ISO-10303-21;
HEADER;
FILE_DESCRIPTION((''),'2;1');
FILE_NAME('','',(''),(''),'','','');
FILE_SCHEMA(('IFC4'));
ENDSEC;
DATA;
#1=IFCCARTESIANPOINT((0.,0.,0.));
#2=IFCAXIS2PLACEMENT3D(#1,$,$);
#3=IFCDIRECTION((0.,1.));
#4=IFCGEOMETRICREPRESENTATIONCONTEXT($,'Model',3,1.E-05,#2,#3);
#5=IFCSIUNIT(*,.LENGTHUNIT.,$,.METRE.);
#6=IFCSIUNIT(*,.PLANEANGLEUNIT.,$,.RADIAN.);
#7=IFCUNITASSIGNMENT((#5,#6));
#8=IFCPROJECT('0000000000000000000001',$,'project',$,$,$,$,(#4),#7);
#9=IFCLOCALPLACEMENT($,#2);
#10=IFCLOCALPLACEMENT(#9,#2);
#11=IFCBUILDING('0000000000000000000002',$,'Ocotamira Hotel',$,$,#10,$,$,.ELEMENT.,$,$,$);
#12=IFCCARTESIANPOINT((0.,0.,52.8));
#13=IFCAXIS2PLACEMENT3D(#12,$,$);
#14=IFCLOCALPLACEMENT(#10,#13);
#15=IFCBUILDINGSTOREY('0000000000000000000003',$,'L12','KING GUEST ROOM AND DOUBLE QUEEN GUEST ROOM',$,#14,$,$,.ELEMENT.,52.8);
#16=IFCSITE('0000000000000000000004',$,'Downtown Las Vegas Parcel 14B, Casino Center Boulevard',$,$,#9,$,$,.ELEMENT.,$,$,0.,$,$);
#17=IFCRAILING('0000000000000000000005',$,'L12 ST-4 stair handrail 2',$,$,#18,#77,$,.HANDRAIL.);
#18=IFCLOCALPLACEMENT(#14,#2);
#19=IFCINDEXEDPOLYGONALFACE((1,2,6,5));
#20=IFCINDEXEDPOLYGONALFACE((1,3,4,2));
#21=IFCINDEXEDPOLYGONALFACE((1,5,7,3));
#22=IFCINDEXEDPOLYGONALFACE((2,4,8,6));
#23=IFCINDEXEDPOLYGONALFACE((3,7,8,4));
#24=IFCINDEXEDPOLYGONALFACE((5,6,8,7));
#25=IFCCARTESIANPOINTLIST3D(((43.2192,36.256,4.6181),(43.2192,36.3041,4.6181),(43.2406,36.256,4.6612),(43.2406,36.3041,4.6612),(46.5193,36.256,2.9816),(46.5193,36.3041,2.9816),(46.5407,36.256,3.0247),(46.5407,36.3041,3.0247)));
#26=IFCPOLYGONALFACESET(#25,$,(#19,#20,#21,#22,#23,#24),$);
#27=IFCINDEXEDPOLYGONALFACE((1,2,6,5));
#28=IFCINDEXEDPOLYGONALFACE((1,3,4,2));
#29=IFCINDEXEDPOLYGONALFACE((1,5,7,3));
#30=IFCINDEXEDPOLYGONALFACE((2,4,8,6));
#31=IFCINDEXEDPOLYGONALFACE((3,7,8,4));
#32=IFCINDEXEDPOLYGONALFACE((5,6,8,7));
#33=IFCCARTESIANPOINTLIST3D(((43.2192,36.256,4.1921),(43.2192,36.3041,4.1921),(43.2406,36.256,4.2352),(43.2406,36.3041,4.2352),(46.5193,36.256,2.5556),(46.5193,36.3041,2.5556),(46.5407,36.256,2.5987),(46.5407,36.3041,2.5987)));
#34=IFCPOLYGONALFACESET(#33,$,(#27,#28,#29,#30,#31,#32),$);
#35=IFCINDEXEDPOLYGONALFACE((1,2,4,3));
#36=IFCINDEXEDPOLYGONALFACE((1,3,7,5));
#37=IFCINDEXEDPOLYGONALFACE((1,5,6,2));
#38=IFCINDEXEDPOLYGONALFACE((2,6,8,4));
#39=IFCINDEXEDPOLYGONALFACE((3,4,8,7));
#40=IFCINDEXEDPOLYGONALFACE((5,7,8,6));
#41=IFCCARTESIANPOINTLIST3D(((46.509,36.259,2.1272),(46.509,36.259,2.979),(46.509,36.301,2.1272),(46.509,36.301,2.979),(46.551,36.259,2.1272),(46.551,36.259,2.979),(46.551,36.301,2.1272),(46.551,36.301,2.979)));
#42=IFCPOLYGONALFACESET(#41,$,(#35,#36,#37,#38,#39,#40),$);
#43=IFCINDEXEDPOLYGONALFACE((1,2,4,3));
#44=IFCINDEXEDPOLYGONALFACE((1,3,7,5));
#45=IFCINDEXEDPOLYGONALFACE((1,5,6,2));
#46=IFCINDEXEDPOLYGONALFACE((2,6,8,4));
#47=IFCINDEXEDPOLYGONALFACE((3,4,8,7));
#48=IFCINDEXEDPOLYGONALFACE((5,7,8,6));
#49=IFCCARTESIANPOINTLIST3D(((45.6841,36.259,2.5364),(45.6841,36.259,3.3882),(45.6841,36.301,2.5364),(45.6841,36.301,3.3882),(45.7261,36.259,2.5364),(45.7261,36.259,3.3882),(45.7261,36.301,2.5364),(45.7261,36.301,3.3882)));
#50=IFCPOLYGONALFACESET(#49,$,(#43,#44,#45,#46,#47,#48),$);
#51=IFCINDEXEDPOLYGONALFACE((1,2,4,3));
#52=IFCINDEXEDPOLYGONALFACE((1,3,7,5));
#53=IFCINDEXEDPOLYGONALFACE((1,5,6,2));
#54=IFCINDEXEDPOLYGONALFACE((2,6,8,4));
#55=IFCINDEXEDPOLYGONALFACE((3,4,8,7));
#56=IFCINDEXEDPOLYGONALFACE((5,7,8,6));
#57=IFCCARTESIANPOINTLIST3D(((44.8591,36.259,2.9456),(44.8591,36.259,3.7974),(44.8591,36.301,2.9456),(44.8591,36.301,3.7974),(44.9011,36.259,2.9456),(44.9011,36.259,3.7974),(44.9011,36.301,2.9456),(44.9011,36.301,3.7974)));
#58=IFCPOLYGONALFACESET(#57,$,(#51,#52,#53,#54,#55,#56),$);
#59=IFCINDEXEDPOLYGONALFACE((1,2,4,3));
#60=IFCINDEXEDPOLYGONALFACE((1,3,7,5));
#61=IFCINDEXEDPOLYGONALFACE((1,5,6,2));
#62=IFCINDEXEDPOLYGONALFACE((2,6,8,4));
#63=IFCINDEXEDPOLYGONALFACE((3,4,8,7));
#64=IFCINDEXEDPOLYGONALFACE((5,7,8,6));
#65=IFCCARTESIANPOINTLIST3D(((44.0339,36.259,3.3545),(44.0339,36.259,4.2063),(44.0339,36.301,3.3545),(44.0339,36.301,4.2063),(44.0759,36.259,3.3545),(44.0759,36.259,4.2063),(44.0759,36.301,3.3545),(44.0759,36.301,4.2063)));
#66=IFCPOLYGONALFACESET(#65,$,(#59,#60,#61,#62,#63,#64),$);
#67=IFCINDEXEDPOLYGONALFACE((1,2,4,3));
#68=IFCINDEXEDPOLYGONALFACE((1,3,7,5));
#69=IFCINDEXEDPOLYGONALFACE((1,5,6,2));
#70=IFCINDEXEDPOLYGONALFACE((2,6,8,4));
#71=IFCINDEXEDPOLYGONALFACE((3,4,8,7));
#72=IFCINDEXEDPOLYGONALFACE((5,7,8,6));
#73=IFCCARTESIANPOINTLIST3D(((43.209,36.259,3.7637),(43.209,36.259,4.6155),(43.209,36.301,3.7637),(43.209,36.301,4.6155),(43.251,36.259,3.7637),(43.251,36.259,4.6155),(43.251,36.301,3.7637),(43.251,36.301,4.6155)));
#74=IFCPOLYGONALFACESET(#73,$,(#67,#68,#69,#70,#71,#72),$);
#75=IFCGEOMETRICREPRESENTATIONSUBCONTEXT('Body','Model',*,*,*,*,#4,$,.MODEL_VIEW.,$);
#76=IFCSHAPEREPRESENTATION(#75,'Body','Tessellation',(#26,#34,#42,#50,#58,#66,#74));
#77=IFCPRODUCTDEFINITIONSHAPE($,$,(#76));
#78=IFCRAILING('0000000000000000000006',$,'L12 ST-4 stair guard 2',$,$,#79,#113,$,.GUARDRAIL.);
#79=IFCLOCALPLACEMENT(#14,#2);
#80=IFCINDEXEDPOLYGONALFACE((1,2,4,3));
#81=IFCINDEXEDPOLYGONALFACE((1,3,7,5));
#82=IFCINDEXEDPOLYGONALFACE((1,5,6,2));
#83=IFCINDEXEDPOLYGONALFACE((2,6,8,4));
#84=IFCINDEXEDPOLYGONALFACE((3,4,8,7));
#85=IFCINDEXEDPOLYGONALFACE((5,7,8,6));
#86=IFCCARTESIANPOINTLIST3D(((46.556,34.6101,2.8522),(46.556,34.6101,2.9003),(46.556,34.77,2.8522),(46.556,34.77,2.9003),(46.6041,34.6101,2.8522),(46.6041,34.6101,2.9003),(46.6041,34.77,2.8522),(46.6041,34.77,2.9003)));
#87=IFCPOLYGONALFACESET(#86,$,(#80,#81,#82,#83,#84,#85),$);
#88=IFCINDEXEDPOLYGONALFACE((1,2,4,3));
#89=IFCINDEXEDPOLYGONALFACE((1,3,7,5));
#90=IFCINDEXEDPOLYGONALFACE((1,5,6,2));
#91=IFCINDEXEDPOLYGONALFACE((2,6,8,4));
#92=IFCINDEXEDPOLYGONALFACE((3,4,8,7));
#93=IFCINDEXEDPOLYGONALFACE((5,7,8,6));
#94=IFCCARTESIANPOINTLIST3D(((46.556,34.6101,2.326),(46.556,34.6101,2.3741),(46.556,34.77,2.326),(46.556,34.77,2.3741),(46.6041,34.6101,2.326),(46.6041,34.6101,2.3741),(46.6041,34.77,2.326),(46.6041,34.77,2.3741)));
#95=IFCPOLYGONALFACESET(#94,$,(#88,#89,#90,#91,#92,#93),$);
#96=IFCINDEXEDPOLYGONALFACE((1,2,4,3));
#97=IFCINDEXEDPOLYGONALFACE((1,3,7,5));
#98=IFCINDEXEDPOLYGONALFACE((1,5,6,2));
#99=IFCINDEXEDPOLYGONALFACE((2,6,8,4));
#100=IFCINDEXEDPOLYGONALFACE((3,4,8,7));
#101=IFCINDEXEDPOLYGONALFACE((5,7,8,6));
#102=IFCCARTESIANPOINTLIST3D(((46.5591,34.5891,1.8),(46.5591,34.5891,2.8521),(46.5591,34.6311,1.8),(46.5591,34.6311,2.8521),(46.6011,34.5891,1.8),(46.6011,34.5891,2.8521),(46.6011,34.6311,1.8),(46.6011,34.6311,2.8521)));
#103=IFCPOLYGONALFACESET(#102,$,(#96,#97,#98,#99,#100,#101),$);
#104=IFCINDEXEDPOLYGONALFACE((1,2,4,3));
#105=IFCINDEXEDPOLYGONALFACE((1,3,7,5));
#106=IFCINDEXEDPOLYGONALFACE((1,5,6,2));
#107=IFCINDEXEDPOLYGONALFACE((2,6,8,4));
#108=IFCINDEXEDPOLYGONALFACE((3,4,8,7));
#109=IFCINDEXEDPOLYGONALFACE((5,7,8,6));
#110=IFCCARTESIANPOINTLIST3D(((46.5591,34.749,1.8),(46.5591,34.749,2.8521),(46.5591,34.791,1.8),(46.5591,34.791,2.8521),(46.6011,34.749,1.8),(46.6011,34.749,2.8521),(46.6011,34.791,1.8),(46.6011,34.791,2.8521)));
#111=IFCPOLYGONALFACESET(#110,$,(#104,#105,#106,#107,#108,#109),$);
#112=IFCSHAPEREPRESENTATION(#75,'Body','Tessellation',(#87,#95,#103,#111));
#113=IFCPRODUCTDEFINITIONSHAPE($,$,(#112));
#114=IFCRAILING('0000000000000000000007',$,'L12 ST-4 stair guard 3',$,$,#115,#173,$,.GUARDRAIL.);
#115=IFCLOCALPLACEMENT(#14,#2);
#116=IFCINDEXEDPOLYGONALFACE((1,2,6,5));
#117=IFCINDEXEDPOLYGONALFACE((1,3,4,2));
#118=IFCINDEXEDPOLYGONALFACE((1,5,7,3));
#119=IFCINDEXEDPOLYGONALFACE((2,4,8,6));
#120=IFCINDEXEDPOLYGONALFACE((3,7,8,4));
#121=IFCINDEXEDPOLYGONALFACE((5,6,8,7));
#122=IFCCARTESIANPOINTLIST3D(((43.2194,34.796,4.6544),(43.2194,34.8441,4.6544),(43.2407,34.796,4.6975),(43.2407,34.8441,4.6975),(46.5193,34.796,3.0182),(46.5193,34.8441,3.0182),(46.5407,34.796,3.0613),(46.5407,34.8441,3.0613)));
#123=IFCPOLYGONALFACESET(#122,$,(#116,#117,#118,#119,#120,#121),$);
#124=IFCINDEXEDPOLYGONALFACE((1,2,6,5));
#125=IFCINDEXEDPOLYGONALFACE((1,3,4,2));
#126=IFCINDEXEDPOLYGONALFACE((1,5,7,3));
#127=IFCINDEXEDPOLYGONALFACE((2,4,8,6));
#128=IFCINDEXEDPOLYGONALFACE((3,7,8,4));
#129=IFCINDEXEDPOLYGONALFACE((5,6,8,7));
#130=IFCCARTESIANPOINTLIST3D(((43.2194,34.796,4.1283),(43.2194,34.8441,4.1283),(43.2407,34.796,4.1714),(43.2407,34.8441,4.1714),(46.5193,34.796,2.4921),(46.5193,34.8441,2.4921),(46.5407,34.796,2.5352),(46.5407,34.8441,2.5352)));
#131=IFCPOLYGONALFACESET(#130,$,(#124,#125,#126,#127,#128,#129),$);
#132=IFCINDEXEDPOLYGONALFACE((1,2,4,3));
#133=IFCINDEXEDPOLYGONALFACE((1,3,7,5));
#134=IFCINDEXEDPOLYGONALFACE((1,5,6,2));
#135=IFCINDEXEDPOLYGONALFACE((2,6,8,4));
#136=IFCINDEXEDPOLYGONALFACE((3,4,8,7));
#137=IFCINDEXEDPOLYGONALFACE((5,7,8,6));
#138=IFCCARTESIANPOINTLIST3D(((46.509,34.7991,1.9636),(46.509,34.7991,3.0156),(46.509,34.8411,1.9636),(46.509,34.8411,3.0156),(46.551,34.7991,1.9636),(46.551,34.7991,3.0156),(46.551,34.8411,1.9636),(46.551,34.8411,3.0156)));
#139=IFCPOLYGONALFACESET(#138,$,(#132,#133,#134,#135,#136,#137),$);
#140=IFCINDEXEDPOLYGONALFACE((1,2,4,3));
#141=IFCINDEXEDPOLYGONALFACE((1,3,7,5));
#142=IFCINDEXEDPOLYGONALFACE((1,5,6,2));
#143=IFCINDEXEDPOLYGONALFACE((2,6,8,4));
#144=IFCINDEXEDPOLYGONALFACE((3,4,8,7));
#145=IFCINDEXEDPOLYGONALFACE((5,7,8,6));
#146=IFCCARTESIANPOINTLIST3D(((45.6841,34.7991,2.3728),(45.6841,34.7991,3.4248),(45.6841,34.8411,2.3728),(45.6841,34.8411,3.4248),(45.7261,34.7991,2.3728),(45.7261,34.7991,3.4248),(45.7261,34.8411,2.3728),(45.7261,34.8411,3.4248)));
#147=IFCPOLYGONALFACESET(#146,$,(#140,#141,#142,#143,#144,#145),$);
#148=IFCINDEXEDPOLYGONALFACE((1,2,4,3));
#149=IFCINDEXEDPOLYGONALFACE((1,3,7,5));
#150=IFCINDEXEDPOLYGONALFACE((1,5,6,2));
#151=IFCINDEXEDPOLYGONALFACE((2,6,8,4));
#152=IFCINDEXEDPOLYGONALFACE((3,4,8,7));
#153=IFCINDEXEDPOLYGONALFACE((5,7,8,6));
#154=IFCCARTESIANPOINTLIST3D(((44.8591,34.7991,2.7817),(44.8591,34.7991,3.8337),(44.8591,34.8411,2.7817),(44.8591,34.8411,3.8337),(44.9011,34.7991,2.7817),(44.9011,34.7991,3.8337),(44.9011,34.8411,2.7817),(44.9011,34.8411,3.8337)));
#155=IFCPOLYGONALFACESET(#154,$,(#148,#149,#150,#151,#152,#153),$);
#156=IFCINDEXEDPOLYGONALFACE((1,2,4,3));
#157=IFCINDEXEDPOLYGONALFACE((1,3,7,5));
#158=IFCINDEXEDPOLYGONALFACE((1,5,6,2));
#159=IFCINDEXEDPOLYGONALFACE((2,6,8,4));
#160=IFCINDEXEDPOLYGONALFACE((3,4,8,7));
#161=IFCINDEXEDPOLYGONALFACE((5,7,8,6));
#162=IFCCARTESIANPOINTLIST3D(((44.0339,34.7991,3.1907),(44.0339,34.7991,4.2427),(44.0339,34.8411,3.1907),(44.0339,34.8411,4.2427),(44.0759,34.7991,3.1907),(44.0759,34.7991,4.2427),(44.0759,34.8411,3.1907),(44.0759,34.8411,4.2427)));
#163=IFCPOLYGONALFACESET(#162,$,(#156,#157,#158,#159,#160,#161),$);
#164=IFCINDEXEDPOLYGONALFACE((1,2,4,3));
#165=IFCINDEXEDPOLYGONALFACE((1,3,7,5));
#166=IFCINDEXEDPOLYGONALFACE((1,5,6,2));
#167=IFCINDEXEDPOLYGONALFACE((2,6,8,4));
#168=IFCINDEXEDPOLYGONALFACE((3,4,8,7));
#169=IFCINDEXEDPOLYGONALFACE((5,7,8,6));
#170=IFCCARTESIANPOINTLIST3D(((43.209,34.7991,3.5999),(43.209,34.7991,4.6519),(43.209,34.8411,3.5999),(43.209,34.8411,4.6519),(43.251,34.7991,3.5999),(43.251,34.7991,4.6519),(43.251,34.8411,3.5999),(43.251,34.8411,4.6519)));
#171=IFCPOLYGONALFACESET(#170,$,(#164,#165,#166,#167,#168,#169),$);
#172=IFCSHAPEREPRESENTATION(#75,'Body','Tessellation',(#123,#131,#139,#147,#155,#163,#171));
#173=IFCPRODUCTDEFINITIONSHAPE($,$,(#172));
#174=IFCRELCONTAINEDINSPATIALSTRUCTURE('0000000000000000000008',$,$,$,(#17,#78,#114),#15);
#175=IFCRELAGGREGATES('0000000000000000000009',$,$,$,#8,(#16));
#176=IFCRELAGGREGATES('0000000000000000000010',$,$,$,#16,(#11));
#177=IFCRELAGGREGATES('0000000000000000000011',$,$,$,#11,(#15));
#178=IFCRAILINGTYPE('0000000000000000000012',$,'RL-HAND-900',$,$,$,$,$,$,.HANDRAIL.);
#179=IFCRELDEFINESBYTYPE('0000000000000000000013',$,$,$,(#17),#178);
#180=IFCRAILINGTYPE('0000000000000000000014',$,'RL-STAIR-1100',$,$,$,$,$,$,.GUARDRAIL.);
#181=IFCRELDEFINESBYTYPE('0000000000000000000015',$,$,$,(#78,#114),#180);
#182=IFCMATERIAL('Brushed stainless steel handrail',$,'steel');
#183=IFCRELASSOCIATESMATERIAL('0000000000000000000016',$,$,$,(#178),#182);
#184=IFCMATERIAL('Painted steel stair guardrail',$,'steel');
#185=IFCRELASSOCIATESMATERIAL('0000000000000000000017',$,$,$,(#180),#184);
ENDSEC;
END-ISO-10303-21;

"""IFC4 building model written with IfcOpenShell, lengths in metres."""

from ifc_helpers import new_model, si_unit, direction, frame, origin, origin_2d, place, context, subcontext, project, spatial, rectangle, extrude, material, type_object, element, save


model = new_model("IFC4")

# Units and contexts
model_context = context("Model", 3, precision=1e-05, world=origin(), true_north=direction((0.0, 1.0)))
body_context = subcontext(model_context, "Body", "Model", "MODEL_VIEW")
ifc_project = project(units=[si_unit("LENGTHUNIT", "METRE"), si_unit("PLANEANGLEUNIT", "RADIAN")], contexts=[model_context])

# Site, building, storey
site_placement = place(None, origin())
site = spatial("IfcSite", under=ifc_project, at=site_placement, Name="Downtown Las Vegas Parcel 14B, Casino Center Boulevard", CompositionType="ELEMENT", RefElevation=0.0)
building_placement = place(site_placement, origin())
building = spatial("IfcBuilding", under=site, at=building_placement, Name="Ocotamira Hotel", CompositionType="ELEMENT")
storey_placement = place(building_placement, frame((0.0, 0.0, 52.8)))
storey = spatial("IfcBuildingStorey", under=building, at=storey_placement, Name="L12", Description="KING GUEST ROOM AND DOUBLE QUEEN GUEST ROOM", CompositionType="ELEMENT", Elevation=52.8)

# Railings
ifc_material_1 = material(Name="Brushed stainless steel handrail", Category="steel")
railing_type_1 = type_object("IfcRailingType", Name="RL-HAND-900", PredefinedType="HANDRAIL", material=ifc_material_1)
railing_1_placement = place(storey_placement, frame((46.53, 36.28, 2.1272)))
element("IfcRailing", 1, at=railing_1_placement, inside=storey, type_object=railing_type_1, Name="L12 ST-4 stair handrail 2", PredefinedType="HANDRAIL", context=body_context, shape_type="SweptSolid", body=[
    extrude(rectangle(XDim=0.0481, YDim=0.0481, at=origin_2d()), frame((0.0, 0.0, 0.876), z_axis=(-0.895894, 0.0, 0.444268), x_axis=(0.0, -1.0, 0.0)), (0.0, 0.0, 1.0), 3.6836),
    extrude(rectangle(XDim=0.0481, YDim=0.0481, at=origin_2d()), frame((0.0, 0.0, 0.45), z_axis=(-0.895894, 0.0, 0.444268), x_axis=(0.0, -1.0, 0.0)), (0.0, 0.0, 1.0), 3.6836),
    extrude(rectangle(XDim=0.042, YDim=0.042, at=origin_2d()), origin(), (0.0, 0.0, 1.0), 0.8518),
    extrude(rectangle(XDim=0.042, YDim=0.042, at=origin_2d()), frame((-0.825, 0.0, 0.4092)), (0.0, 0.0, 1.0), 0.8518),
    extrude(rectangle(XDim=0.042, YDim=0.042, at=origin_2d()), frame((-1.6499, 0.0, 0.8184)), (0.0, 0.0, 1.0), 0.8518),
    extrude(rectangle(XDim=0.042, YDim=0.042, at=origin_2d()), frame((-2.4751, 0.0, 1.2273)), (0.0, 0.0, 1.0), 0.8518),
    extrude(rectangle(XDim=0.042, YDim=0.042, at=origin_2d()), frame((-3.3, 0.0, 1.6365)), (0.0, 0.0, 1.0), 0.8518),
])
ifc_material_2 = material(Name="Painted steel stair guardrail", Category="steel")
railing_type_2 = type_object("IfcRailingType", Name="RL-STAIR-1100", PredefinedType="GUARDRAIL", material=ifc_material_2)
railing_2_placement = place(storey_placement, frame((46.5801, 34.6101, 1.8)))
element("IfcRailing", 2, at=railing_2_placement, inside=storey, type_object=railing_type_2, Name="L12 ST-4 stair guard 2", PredefinedType="GUARDRAIL", context=body_context, shape_type="SweptSolid", body=[
    extrude(rectangle(XDim=0.0481, YDim=0.0481, at=origin_2d()), frame((0.0, 0.0, 1.0762), z_axis=(0.0, 1.0, 0.0), x_axis=(-1.0, 0.0, 0.0)), (0.0, 0.0, 1.0), 0.1599),
    extrude(rectangle(XDim=0.0481, YDim=0.0481, at=origin_2d()), frame((0.0, 0.0, 0.55), z_axis=(0.0, 1.0, 0.0), x_axis=(-1.0, 0.0, 0.0)), (0.0, 0.0, 1.0), 0.1599),
    extrude(rectangle(XDim=0.042, YDim=0.042, at=origin_2d()), origin(), (0.0, 0.0, 1.0), 1.052),
    extrude(rectangle(XDim=0.042, YDim=0.042, at=origin_2d()), frame((0.0, 0.1599, 0.0)), (0.0, 0.0, 1.0), 1.052),
])
railing_3_placement = place(storey_placement, frame((46.53, 34.8201, 1.9636)))
element("IfcRailing", 3, at=railing_3_placement, inside=storey, type_object=railing_type_2, Name="L12 ST-4 stair guard 3", PredefinedType="GUARDRAIL", context=body_context, shape_type="SweptSolid", body=[
    extrude(rectangle(XDim=0.0481, YDim=0.0481, at=origin_2d()), frame((0.0, 0.0, 1.0762), z_axis=(-0.89592, 0.0, 0.444215), x_axis=(0.0, -1.0, 0.0)), (0.0, 0.0, 1.0), 3.6833),
    extrude(rectangle(XDim=0.0481, YDim=0.0481, at=origin_2d()), frame((0.0, 0.0, 0.55), z_axis=(-0.89592, 0.0, 0.444215), x_axis=(0.0, -1.0, 0.0)), (0.0, 0.0, 1.0), 3.6833),
    extrude(rectangle(XDim=0.042, YDim=0.042, at=origin_2d()), origin(), (0.0, 0.0, 1.0), 1.052),
    extrude(rectangle(XDim=0.042, YDim=0.042, at=origin_2d()), frame((-0.825, 0.0, 0.4092)), (0.0, 0.0, 1.0), 1.052),
    extrude(rectangle(XDim=0.042, YDim=0.042, at=origin_2d()), frame((-1.6499, 0.0, 0.8181)), (0.0, 0.0, 1.0), 1.052),
    extrude(rectangle(XDim=0.042, YDim=0.042, at=origin_2d()), frame((-2.4751, 0.0, 1.2271)), (0.0, 0.0, 1.0), 1.052),
    extrude(rectangle(XDim=0.042, YDim=0.042, at=origin_2d()), frame((-3.3, 0.0, 1.6362)), (0.0, 0.0, 1.0), 1.052),
])

save(model, "model.ifc")
